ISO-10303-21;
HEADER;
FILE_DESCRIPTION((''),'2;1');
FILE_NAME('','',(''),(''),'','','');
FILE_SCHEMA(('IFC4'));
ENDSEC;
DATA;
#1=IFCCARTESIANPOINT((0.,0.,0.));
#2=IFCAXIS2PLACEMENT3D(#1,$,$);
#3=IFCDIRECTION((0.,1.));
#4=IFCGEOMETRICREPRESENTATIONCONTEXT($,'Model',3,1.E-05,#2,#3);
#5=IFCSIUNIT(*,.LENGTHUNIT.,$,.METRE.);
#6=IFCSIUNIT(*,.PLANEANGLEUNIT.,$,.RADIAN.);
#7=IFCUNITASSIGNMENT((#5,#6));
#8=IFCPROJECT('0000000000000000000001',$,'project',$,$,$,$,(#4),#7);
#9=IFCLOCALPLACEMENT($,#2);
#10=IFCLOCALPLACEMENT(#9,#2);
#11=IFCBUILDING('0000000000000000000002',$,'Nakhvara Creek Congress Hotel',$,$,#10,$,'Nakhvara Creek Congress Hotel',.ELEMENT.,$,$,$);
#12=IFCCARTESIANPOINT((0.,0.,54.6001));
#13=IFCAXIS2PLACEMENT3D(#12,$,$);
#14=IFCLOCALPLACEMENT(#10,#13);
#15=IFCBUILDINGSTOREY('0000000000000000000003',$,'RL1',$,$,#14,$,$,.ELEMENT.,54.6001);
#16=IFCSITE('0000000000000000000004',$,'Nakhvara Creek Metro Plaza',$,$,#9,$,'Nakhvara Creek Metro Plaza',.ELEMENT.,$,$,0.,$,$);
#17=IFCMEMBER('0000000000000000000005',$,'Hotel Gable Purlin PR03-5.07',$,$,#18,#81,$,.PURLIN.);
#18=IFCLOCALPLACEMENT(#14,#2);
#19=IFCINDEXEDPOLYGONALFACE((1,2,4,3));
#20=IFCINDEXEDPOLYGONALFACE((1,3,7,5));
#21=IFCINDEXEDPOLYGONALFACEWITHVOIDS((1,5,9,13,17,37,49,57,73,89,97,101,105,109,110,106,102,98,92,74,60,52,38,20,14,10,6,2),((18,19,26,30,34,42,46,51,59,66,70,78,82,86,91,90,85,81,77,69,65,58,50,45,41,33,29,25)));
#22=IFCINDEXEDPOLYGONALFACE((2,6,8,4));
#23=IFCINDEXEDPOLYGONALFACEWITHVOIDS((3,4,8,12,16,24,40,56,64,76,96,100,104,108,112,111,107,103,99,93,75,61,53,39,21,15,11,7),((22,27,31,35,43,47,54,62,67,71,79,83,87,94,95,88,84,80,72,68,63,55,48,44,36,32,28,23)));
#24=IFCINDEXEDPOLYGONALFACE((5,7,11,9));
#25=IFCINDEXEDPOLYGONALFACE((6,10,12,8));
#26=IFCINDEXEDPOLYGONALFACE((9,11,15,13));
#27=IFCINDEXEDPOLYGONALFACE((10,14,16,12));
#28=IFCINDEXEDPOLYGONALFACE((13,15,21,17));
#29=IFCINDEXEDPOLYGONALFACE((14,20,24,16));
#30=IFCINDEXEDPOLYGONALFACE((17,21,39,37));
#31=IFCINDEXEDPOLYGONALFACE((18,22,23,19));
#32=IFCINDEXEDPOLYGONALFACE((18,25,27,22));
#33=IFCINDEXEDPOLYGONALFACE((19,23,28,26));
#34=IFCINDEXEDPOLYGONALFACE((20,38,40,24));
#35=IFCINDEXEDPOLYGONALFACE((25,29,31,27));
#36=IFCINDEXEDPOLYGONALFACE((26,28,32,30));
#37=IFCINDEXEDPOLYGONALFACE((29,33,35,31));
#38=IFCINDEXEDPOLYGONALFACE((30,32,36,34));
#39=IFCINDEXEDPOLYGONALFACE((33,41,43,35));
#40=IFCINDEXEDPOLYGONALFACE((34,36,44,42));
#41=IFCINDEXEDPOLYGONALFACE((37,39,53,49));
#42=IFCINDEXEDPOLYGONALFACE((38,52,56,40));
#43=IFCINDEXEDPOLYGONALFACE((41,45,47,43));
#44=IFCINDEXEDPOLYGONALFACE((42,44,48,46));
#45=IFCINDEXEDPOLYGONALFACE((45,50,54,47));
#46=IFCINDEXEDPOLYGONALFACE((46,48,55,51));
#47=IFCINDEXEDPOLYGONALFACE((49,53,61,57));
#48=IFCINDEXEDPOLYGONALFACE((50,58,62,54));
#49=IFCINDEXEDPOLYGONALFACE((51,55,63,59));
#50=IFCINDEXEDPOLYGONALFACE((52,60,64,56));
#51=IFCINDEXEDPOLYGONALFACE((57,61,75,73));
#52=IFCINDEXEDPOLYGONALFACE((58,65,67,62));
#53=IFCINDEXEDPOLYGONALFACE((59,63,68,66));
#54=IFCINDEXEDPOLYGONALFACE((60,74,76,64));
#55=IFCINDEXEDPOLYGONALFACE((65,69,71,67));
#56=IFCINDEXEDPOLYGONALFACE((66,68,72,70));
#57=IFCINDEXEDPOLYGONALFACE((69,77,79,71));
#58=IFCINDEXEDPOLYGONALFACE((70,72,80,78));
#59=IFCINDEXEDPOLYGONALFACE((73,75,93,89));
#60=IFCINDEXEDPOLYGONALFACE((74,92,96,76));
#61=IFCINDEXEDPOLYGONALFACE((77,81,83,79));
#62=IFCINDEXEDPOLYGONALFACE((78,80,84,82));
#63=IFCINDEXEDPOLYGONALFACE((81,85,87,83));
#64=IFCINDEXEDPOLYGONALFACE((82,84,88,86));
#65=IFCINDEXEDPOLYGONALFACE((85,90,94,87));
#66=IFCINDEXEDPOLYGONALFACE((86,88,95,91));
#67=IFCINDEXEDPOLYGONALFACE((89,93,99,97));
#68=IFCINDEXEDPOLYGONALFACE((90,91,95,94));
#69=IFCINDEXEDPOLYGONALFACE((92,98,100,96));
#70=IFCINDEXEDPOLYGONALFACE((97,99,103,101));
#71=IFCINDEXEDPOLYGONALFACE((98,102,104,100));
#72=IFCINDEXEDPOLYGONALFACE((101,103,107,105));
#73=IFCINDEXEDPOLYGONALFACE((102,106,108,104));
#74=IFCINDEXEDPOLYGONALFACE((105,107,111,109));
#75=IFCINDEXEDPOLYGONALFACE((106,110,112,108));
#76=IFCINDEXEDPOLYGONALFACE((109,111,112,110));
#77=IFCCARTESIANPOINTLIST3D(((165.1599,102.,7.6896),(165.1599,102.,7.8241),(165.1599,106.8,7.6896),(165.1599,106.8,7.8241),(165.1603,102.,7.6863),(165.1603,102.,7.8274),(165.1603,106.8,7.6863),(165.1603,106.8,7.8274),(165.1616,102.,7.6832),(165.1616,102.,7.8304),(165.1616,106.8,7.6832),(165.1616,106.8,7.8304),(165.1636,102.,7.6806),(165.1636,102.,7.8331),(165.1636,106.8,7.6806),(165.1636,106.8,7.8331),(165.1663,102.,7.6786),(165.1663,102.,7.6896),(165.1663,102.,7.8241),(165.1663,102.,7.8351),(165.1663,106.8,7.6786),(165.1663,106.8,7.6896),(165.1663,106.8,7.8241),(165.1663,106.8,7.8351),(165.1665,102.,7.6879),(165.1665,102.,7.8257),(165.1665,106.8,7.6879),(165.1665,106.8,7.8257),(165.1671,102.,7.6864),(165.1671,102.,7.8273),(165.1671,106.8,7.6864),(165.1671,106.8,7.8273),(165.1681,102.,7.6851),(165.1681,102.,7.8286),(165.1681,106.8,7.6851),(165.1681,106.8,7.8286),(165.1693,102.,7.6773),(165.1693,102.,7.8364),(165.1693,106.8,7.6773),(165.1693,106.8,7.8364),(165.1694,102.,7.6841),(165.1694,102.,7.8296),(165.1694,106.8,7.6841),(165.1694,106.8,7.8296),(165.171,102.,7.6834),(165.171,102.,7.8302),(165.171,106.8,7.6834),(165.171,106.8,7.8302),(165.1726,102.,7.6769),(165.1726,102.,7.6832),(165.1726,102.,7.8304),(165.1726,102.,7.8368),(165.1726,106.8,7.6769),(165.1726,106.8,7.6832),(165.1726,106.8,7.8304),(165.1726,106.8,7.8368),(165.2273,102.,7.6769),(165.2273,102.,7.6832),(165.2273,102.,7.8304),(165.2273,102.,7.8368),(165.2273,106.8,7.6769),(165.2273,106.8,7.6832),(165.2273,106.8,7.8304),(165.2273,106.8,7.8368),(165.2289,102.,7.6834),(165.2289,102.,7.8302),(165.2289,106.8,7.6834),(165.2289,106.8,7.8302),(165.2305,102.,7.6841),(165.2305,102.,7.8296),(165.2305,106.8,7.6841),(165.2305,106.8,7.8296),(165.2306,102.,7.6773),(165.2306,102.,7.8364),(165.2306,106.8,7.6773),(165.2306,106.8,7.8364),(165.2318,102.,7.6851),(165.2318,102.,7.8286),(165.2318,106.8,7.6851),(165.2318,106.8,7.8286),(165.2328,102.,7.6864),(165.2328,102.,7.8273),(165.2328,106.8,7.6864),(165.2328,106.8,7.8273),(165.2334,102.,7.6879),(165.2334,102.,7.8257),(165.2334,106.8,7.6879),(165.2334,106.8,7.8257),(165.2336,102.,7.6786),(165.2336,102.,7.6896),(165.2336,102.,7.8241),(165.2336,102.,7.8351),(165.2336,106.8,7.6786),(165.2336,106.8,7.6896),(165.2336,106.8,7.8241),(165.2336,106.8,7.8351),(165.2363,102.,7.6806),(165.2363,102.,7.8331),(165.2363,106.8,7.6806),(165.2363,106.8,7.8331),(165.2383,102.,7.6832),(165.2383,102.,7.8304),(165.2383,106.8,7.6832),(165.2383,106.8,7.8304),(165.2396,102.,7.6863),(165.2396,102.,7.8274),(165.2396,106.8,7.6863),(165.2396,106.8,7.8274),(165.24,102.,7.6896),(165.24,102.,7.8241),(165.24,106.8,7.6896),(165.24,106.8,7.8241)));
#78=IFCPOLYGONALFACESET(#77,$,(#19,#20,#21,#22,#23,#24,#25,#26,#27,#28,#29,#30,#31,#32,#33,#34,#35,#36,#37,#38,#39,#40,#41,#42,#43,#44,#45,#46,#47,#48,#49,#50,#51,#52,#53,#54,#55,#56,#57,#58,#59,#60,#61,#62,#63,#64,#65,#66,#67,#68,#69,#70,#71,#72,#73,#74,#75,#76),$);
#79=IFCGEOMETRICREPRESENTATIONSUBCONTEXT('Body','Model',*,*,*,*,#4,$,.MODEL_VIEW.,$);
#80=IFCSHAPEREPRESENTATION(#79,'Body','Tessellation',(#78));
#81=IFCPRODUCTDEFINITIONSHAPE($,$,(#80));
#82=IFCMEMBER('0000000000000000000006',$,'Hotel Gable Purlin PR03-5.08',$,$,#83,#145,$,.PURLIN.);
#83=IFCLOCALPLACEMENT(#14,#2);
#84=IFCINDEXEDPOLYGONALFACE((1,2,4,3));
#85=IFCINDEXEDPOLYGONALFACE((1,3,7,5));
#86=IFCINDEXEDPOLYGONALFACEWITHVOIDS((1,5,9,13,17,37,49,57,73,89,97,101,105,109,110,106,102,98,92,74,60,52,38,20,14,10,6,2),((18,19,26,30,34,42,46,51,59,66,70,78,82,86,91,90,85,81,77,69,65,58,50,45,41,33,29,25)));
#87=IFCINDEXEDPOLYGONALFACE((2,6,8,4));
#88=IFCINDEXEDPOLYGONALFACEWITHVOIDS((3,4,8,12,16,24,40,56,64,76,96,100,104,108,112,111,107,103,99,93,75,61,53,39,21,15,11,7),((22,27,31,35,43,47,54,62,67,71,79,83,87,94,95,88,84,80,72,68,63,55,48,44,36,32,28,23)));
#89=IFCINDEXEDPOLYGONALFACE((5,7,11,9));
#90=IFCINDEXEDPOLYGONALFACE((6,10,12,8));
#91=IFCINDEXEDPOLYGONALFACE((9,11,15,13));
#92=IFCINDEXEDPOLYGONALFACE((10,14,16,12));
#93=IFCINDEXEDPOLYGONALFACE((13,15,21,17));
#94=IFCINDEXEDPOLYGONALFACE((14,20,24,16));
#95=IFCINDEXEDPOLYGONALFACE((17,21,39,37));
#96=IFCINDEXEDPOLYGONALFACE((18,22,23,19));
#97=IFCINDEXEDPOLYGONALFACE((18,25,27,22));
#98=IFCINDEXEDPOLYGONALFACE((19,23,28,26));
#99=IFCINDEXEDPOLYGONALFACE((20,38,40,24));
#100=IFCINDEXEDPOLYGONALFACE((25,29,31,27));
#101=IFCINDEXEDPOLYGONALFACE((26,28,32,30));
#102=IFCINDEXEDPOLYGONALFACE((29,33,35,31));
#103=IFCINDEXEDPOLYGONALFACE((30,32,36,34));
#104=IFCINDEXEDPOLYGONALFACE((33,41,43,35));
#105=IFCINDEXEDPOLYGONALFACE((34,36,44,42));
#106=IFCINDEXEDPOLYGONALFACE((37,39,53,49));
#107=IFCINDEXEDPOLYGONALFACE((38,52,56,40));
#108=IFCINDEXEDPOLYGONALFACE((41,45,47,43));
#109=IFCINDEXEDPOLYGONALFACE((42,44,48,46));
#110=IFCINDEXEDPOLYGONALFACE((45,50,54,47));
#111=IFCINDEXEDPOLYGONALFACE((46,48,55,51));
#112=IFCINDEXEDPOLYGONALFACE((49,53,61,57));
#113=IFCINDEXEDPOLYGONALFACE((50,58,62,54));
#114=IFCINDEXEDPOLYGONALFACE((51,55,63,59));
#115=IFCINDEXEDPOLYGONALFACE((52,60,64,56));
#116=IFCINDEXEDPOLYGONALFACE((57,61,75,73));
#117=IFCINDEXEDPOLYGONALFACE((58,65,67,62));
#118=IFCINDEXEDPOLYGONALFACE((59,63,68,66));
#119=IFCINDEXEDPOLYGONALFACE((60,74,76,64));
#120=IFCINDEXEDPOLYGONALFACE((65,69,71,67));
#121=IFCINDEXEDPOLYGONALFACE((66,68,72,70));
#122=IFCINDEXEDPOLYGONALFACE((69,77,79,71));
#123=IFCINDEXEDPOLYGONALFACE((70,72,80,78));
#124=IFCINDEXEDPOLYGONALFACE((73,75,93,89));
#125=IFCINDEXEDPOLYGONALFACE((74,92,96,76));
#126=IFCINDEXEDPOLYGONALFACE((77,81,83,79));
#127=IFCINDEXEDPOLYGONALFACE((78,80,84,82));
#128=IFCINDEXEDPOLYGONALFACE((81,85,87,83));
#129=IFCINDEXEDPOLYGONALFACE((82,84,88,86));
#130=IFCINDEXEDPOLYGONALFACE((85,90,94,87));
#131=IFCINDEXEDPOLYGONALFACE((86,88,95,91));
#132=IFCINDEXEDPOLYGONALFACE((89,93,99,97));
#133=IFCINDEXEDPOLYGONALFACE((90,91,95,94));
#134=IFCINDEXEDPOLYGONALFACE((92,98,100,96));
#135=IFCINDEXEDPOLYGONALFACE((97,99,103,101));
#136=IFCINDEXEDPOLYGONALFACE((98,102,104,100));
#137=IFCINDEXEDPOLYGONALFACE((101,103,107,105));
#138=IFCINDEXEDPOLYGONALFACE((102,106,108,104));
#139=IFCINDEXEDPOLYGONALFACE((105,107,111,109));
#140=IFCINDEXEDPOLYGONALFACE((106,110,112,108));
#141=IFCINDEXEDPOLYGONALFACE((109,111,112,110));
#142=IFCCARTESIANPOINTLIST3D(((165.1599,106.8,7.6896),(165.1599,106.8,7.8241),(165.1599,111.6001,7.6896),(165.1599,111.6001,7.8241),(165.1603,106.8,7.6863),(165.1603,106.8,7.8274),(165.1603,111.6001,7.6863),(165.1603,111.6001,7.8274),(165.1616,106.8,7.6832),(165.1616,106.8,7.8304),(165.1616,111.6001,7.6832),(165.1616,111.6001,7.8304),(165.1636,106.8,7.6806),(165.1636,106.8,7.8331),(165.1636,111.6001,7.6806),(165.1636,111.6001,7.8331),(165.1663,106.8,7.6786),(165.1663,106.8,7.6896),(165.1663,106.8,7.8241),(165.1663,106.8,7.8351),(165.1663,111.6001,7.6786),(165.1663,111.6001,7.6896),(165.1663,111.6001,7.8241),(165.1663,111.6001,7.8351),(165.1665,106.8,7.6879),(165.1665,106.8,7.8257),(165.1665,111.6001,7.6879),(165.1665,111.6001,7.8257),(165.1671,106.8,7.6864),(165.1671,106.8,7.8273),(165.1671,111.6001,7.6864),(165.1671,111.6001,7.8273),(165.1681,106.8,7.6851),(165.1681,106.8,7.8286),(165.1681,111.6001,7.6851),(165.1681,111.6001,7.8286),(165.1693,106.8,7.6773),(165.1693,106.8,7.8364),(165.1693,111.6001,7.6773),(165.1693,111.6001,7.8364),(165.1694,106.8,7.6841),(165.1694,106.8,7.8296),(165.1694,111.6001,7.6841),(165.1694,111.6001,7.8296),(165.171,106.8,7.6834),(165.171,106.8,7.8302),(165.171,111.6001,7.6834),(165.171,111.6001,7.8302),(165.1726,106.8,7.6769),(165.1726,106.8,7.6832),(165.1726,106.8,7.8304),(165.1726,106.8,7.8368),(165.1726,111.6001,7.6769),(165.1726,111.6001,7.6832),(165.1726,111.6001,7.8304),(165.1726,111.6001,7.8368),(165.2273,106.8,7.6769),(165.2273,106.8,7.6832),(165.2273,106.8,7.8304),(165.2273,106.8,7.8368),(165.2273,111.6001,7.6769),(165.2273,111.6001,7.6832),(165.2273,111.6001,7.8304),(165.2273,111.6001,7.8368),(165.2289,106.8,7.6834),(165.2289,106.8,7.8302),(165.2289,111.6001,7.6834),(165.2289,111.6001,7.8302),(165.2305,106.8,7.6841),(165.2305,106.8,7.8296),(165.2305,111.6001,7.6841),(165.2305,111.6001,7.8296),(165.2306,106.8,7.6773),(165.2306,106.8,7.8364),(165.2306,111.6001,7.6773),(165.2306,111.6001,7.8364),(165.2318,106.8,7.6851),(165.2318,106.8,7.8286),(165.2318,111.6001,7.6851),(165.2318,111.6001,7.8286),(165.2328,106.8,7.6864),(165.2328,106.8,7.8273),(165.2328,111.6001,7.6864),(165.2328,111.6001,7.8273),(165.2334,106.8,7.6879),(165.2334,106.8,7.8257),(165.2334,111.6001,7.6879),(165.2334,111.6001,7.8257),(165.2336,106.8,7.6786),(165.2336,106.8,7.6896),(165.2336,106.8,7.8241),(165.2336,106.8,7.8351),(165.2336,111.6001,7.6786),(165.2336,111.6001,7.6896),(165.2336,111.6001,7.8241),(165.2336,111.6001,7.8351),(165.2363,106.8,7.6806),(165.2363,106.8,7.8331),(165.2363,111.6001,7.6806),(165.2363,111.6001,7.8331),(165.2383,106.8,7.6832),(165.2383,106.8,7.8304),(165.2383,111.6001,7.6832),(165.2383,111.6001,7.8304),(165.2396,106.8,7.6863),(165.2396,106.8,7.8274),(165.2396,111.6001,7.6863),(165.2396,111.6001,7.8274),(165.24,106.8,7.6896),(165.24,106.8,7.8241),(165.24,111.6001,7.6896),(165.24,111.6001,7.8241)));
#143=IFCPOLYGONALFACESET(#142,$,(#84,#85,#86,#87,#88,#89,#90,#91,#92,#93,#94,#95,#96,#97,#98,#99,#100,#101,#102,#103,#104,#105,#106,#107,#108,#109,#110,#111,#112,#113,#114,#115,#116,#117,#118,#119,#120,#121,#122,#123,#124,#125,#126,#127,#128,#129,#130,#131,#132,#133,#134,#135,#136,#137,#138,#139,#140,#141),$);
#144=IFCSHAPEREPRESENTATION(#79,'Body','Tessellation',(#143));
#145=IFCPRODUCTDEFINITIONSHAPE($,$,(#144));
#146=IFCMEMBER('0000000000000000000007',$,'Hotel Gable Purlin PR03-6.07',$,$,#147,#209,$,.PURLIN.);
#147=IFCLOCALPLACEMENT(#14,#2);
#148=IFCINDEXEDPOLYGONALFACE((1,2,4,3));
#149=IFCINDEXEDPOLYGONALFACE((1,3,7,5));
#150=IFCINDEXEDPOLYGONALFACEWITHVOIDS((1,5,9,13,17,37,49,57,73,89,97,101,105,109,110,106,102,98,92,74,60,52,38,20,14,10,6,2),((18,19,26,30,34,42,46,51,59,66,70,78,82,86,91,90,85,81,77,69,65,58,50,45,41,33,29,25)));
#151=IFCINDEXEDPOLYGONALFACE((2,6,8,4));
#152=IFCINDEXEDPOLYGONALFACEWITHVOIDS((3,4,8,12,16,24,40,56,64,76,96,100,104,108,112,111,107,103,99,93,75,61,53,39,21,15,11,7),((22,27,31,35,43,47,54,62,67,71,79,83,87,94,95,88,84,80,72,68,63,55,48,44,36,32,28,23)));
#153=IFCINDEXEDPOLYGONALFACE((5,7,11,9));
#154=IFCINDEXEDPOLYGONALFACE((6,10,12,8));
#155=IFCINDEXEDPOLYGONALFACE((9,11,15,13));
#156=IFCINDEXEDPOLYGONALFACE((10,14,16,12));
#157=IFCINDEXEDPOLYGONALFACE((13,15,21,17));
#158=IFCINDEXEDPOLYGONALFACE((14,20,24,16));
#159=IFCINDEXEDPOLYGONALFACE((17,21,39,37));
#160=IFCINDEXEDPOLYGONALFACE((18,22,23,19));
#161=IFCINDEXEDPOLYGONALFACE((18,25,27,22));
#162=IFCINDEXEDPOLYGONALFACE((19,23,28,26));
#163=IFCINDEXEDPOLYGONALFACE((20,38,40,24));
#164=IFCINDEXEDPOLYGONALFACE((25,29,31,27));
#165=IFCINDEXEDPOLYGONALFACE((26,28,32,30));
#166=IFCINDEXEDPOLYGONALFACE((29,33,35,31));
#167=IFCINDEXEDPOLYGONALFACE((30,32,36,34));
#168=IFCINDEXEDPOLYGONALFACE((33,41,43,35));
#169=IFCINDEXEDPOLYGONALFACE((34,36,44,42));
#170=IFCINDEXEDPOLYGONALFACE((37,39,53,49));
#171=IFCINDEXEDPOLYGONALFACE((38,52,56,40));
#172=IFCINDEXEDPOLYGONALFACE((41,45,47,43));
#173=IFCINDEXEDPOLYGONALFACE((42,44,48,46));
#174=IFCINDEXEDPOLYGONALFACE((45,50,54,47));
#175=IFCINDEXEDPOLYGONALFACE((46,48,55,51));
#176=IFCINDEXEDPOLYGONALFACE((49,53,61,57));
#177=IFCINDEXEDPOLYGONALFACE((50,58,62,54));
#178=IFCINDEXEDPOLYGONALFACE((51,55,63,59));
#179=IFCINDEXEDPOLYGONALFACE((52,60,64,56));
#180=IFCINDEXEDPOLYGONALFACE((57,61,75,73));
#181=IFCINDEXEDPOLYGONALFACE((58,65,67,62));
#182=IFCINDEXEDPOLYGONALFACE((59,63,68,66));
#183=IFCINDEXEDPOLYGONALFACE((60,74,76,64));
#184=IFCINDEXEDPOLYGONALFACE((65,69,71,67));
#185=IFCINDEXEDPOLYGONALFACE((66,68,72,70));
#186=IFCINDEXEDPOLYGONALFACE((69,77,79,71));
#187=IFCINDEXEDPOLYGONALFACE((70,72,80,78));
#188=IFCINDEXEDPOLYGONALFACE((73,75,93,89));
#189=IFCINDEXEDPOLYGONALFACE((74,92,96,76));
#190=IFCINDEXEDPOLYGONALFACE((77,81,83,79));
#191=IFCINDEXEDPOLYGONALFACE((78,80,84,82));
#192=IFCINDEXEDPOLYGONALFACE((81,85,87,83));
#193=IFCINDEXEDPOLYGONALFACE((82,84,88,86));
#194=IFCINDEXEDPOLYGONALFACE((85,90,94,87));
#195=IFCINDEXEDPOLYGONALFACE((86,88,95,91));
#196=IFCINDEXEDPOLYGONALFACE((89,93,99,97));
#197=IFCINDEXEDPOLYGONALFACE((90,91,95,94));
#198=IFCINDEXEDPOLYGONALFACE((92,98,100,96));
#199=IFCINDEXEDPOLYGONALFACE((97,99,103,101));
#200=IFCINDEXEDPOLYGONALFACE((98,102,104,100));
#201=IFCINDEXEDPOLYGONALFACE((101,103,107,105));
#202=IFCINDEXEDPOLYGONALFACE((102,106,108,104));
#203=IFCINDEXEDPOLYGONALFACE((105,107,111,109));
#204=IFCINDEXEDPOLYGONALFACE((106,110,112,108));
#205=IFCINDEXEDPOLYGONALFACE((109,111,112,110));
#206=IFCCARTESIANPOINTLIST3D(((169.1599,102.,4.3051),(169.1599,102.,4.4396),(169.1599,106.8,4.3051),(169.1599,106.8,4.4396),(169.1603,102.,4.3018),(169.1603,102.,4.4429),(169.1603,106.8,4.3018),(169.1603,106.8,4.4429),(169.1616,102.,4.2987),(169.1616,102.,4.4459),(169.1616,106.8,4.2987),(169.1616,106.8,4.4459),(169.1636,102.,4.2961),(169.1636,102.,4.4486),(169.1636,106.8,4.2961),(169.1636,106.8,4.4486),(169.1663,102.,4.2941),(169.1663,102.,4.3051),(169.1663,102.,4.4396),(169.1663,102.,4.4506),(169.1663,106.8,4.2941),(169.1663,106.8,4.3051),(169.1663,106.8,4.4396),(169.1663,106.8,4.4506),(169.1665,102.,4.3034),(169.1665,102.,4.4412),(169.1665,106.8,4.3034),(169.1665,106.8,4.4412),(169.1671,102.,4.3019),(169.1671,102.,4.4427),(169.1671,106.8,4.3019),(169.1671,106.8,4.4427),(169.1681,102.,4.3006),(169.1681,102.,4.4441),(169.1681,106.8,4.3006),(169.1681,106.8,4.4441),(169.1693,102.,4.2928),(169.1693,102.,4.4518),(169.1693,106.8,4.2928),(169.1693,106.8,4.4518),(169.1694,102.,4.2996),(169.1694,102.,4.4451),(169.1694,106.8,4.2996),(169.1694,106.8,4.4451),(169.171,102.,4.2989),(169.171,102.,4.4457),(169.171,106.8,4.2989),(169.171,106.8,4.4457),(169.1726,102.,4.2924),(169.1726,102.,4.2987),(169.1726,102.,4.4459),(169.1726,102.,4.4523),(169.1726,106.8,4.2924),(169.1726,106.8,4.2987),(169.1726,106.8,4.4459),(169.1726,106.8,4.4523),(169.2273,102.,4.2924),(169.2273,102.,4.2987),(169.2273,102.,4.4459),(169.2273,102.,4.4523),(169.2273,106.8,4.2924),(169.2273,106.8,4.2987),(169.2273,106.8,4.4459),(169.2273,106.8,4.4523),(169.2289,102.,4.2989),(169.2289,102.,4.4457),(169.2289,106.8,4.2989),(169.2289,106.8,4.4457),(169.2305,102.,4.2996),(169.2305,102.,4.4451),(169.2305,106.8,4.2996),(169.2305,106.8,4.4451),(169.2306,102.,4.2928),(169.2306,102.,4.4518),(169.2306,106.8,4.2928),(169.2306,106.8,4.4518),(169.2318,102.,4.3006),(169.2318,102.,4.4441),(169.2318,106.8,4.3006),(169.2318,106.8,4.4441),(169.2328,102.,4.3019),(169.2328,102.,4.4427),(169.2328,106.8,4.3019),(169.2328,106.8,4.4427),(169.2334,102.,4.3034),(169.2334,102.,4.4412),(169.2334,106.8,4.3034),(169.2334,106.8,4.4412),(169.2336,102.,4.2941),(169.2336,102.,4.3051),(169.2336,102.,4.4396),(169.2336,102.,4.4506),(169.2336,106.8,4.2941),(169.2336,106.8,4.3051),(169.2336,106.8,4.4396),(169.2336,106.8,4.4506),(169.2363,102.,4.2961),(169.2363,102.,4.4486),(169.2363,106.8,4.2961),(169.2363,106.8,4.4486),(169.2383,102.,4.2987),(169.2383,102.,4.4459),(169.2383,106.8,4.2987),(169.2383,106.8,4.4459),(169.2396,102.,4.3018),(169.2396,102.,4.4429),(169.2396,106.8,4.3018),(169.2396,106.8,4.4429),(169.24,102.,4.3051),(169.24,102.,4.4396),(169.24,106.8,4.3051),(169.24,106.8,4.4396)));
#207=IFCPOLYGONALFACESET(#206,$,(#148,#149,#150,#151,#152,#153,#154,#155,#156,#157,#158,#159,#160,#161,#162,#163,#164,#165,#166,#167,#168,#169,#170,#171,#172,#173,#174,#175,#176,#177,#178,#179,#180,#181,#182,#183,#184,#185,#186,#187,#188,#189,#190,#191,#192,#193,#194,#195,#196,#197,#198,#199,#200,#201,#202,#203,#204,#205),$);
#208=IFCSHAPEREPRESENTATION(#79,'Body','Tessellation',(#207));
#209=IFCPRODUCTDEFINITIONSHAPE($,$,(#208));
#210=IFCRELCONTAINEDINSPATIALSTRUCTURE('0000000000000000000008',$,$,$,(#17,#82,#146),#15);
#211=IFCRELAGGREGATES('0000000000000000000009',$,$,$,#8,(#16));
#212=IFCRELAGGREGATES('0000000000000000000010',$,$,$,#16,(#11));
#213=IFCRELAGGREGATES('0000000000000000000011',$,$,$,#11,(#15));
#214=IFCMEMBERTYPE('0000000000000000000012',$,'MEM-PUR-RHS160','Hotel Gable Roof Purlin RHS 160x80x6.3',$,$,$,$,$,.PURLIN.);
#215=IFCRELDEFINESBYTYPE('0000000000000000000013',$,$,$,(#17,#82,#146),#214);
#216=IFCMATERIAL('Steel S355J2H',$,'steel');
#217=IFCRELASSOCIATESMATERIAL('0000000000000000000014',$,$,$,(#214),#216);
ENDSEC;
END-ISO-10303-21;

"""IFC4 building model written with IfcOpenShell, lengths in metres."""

from ifc_helpers import new_model, si_unit, direction, frame, origin, origin_2d, place, context, subcontext, project, spatial, hollow_rectangle, extrude, material, material_profile, profile_set, type_object, element, save


model = new_model("IFC4")

# Units and contexts
model_context = context("Model", 3, precision=1e-05, world=origin(), true_north=direction((0.0, 1.0)))
body_context = subcontext(model_context, "Body", "Model", "MODEL_VIEW")
ifc_project = project(units=[si_unit("LENGTHUNIT", "METRE"), si_unit("PLANEANGLEUNIT", "RADIAN")], contexts=[model_context])

# Site, building, storey
site_placement = place(None, origin())
site = spatial("IfcSite", under=ifc_project, at=site_placement, Name="Nakhvara Creek Metro Plaza", LongName="Nakhvara Creek Metro Plaza", CompositionType="ELEMENT", RefElevation=0.0)
building_placement = place(site_placement, origin())
building = spatial("IfcBuilding", under=site, at=building_placement, Name="Nakhvara Creek Congress Hotel", LongName="Nakhvara Creek Congress Hotel", CompositionType="ELEMENT")
storey_placement = place(building_placement, frame((0.0, 0.0, 54.6001)))
storey = spatial("IfcBuildingStorey", under=building, at=storey_placement, Name="RL1", CompositionType="ELEMENT", Elevation=54.6001)

# Members
ifc_material_1 = material(Name="Steel S355J2H", Category="steel")
ifc_material_profile_1 = material_profile(ifc_material_1, hollow_rectangle(XDim=0.0801, YDim=0.1599, WallThickness=0.0063, InnerFilletRadius=0.0063, OuterFilletRadius=0.0127, at=origin_2d()), Name="RHS 160x80x6.3", Category="LoadBearing")
ifc_profile_set_1 = profile_set([ifc_material_profile_1], Name="Steel S355J2H")
member_type_1 = type_object("IfcMemberType", Name="MEM-PUR-RHS160", Description="Hotel Gable Roof Purlin RHS 160x80x6.3", PredefinedType="PURLIN", material=ifc_profile_set_1)
for number, where, z_axis, x_axis, name in (
    (1, (165.2, 102.0, 7.7568), (0.0, 1.0, 0.0), (-1.0, 0.0, 0.0), "Hotel Gable Purlin PR03-5.07"),
    (2, (165.2, 106.8, 7.7568), (0.0, 1.0, 0.0), (-1.0, 0.0, 0.0), "Hotel Gable Purlin PR03-5.08"),
    (3, (169.2, 102.0, 4.3723), (0.0, 1.0, 0.0), (-1.0, 0.0, 0.0), "Hotel Gable Purlin PR03-6.07"),
):
    element("IfcMember", number, at=place(storey_placement, frame(where, z_axis=z_axis, x_axis=x_axis)), inside=storey, type_object=member_type_1, Name=name, PredefinedType="PURLIN", context=body_context, shape_type="SweptSolid", body=[
        extrude(hollow_rectangle(XDim=0.0801, YDim=0.1599, WallThickness=0.0063, InnerFilletRadius=0.0063, OuterFilletRadius=0.0127, at=origin_2d()), origin(), (0.0, 0.0, 1.0), 4.8),
    ])

save(model, "model.ifc")
